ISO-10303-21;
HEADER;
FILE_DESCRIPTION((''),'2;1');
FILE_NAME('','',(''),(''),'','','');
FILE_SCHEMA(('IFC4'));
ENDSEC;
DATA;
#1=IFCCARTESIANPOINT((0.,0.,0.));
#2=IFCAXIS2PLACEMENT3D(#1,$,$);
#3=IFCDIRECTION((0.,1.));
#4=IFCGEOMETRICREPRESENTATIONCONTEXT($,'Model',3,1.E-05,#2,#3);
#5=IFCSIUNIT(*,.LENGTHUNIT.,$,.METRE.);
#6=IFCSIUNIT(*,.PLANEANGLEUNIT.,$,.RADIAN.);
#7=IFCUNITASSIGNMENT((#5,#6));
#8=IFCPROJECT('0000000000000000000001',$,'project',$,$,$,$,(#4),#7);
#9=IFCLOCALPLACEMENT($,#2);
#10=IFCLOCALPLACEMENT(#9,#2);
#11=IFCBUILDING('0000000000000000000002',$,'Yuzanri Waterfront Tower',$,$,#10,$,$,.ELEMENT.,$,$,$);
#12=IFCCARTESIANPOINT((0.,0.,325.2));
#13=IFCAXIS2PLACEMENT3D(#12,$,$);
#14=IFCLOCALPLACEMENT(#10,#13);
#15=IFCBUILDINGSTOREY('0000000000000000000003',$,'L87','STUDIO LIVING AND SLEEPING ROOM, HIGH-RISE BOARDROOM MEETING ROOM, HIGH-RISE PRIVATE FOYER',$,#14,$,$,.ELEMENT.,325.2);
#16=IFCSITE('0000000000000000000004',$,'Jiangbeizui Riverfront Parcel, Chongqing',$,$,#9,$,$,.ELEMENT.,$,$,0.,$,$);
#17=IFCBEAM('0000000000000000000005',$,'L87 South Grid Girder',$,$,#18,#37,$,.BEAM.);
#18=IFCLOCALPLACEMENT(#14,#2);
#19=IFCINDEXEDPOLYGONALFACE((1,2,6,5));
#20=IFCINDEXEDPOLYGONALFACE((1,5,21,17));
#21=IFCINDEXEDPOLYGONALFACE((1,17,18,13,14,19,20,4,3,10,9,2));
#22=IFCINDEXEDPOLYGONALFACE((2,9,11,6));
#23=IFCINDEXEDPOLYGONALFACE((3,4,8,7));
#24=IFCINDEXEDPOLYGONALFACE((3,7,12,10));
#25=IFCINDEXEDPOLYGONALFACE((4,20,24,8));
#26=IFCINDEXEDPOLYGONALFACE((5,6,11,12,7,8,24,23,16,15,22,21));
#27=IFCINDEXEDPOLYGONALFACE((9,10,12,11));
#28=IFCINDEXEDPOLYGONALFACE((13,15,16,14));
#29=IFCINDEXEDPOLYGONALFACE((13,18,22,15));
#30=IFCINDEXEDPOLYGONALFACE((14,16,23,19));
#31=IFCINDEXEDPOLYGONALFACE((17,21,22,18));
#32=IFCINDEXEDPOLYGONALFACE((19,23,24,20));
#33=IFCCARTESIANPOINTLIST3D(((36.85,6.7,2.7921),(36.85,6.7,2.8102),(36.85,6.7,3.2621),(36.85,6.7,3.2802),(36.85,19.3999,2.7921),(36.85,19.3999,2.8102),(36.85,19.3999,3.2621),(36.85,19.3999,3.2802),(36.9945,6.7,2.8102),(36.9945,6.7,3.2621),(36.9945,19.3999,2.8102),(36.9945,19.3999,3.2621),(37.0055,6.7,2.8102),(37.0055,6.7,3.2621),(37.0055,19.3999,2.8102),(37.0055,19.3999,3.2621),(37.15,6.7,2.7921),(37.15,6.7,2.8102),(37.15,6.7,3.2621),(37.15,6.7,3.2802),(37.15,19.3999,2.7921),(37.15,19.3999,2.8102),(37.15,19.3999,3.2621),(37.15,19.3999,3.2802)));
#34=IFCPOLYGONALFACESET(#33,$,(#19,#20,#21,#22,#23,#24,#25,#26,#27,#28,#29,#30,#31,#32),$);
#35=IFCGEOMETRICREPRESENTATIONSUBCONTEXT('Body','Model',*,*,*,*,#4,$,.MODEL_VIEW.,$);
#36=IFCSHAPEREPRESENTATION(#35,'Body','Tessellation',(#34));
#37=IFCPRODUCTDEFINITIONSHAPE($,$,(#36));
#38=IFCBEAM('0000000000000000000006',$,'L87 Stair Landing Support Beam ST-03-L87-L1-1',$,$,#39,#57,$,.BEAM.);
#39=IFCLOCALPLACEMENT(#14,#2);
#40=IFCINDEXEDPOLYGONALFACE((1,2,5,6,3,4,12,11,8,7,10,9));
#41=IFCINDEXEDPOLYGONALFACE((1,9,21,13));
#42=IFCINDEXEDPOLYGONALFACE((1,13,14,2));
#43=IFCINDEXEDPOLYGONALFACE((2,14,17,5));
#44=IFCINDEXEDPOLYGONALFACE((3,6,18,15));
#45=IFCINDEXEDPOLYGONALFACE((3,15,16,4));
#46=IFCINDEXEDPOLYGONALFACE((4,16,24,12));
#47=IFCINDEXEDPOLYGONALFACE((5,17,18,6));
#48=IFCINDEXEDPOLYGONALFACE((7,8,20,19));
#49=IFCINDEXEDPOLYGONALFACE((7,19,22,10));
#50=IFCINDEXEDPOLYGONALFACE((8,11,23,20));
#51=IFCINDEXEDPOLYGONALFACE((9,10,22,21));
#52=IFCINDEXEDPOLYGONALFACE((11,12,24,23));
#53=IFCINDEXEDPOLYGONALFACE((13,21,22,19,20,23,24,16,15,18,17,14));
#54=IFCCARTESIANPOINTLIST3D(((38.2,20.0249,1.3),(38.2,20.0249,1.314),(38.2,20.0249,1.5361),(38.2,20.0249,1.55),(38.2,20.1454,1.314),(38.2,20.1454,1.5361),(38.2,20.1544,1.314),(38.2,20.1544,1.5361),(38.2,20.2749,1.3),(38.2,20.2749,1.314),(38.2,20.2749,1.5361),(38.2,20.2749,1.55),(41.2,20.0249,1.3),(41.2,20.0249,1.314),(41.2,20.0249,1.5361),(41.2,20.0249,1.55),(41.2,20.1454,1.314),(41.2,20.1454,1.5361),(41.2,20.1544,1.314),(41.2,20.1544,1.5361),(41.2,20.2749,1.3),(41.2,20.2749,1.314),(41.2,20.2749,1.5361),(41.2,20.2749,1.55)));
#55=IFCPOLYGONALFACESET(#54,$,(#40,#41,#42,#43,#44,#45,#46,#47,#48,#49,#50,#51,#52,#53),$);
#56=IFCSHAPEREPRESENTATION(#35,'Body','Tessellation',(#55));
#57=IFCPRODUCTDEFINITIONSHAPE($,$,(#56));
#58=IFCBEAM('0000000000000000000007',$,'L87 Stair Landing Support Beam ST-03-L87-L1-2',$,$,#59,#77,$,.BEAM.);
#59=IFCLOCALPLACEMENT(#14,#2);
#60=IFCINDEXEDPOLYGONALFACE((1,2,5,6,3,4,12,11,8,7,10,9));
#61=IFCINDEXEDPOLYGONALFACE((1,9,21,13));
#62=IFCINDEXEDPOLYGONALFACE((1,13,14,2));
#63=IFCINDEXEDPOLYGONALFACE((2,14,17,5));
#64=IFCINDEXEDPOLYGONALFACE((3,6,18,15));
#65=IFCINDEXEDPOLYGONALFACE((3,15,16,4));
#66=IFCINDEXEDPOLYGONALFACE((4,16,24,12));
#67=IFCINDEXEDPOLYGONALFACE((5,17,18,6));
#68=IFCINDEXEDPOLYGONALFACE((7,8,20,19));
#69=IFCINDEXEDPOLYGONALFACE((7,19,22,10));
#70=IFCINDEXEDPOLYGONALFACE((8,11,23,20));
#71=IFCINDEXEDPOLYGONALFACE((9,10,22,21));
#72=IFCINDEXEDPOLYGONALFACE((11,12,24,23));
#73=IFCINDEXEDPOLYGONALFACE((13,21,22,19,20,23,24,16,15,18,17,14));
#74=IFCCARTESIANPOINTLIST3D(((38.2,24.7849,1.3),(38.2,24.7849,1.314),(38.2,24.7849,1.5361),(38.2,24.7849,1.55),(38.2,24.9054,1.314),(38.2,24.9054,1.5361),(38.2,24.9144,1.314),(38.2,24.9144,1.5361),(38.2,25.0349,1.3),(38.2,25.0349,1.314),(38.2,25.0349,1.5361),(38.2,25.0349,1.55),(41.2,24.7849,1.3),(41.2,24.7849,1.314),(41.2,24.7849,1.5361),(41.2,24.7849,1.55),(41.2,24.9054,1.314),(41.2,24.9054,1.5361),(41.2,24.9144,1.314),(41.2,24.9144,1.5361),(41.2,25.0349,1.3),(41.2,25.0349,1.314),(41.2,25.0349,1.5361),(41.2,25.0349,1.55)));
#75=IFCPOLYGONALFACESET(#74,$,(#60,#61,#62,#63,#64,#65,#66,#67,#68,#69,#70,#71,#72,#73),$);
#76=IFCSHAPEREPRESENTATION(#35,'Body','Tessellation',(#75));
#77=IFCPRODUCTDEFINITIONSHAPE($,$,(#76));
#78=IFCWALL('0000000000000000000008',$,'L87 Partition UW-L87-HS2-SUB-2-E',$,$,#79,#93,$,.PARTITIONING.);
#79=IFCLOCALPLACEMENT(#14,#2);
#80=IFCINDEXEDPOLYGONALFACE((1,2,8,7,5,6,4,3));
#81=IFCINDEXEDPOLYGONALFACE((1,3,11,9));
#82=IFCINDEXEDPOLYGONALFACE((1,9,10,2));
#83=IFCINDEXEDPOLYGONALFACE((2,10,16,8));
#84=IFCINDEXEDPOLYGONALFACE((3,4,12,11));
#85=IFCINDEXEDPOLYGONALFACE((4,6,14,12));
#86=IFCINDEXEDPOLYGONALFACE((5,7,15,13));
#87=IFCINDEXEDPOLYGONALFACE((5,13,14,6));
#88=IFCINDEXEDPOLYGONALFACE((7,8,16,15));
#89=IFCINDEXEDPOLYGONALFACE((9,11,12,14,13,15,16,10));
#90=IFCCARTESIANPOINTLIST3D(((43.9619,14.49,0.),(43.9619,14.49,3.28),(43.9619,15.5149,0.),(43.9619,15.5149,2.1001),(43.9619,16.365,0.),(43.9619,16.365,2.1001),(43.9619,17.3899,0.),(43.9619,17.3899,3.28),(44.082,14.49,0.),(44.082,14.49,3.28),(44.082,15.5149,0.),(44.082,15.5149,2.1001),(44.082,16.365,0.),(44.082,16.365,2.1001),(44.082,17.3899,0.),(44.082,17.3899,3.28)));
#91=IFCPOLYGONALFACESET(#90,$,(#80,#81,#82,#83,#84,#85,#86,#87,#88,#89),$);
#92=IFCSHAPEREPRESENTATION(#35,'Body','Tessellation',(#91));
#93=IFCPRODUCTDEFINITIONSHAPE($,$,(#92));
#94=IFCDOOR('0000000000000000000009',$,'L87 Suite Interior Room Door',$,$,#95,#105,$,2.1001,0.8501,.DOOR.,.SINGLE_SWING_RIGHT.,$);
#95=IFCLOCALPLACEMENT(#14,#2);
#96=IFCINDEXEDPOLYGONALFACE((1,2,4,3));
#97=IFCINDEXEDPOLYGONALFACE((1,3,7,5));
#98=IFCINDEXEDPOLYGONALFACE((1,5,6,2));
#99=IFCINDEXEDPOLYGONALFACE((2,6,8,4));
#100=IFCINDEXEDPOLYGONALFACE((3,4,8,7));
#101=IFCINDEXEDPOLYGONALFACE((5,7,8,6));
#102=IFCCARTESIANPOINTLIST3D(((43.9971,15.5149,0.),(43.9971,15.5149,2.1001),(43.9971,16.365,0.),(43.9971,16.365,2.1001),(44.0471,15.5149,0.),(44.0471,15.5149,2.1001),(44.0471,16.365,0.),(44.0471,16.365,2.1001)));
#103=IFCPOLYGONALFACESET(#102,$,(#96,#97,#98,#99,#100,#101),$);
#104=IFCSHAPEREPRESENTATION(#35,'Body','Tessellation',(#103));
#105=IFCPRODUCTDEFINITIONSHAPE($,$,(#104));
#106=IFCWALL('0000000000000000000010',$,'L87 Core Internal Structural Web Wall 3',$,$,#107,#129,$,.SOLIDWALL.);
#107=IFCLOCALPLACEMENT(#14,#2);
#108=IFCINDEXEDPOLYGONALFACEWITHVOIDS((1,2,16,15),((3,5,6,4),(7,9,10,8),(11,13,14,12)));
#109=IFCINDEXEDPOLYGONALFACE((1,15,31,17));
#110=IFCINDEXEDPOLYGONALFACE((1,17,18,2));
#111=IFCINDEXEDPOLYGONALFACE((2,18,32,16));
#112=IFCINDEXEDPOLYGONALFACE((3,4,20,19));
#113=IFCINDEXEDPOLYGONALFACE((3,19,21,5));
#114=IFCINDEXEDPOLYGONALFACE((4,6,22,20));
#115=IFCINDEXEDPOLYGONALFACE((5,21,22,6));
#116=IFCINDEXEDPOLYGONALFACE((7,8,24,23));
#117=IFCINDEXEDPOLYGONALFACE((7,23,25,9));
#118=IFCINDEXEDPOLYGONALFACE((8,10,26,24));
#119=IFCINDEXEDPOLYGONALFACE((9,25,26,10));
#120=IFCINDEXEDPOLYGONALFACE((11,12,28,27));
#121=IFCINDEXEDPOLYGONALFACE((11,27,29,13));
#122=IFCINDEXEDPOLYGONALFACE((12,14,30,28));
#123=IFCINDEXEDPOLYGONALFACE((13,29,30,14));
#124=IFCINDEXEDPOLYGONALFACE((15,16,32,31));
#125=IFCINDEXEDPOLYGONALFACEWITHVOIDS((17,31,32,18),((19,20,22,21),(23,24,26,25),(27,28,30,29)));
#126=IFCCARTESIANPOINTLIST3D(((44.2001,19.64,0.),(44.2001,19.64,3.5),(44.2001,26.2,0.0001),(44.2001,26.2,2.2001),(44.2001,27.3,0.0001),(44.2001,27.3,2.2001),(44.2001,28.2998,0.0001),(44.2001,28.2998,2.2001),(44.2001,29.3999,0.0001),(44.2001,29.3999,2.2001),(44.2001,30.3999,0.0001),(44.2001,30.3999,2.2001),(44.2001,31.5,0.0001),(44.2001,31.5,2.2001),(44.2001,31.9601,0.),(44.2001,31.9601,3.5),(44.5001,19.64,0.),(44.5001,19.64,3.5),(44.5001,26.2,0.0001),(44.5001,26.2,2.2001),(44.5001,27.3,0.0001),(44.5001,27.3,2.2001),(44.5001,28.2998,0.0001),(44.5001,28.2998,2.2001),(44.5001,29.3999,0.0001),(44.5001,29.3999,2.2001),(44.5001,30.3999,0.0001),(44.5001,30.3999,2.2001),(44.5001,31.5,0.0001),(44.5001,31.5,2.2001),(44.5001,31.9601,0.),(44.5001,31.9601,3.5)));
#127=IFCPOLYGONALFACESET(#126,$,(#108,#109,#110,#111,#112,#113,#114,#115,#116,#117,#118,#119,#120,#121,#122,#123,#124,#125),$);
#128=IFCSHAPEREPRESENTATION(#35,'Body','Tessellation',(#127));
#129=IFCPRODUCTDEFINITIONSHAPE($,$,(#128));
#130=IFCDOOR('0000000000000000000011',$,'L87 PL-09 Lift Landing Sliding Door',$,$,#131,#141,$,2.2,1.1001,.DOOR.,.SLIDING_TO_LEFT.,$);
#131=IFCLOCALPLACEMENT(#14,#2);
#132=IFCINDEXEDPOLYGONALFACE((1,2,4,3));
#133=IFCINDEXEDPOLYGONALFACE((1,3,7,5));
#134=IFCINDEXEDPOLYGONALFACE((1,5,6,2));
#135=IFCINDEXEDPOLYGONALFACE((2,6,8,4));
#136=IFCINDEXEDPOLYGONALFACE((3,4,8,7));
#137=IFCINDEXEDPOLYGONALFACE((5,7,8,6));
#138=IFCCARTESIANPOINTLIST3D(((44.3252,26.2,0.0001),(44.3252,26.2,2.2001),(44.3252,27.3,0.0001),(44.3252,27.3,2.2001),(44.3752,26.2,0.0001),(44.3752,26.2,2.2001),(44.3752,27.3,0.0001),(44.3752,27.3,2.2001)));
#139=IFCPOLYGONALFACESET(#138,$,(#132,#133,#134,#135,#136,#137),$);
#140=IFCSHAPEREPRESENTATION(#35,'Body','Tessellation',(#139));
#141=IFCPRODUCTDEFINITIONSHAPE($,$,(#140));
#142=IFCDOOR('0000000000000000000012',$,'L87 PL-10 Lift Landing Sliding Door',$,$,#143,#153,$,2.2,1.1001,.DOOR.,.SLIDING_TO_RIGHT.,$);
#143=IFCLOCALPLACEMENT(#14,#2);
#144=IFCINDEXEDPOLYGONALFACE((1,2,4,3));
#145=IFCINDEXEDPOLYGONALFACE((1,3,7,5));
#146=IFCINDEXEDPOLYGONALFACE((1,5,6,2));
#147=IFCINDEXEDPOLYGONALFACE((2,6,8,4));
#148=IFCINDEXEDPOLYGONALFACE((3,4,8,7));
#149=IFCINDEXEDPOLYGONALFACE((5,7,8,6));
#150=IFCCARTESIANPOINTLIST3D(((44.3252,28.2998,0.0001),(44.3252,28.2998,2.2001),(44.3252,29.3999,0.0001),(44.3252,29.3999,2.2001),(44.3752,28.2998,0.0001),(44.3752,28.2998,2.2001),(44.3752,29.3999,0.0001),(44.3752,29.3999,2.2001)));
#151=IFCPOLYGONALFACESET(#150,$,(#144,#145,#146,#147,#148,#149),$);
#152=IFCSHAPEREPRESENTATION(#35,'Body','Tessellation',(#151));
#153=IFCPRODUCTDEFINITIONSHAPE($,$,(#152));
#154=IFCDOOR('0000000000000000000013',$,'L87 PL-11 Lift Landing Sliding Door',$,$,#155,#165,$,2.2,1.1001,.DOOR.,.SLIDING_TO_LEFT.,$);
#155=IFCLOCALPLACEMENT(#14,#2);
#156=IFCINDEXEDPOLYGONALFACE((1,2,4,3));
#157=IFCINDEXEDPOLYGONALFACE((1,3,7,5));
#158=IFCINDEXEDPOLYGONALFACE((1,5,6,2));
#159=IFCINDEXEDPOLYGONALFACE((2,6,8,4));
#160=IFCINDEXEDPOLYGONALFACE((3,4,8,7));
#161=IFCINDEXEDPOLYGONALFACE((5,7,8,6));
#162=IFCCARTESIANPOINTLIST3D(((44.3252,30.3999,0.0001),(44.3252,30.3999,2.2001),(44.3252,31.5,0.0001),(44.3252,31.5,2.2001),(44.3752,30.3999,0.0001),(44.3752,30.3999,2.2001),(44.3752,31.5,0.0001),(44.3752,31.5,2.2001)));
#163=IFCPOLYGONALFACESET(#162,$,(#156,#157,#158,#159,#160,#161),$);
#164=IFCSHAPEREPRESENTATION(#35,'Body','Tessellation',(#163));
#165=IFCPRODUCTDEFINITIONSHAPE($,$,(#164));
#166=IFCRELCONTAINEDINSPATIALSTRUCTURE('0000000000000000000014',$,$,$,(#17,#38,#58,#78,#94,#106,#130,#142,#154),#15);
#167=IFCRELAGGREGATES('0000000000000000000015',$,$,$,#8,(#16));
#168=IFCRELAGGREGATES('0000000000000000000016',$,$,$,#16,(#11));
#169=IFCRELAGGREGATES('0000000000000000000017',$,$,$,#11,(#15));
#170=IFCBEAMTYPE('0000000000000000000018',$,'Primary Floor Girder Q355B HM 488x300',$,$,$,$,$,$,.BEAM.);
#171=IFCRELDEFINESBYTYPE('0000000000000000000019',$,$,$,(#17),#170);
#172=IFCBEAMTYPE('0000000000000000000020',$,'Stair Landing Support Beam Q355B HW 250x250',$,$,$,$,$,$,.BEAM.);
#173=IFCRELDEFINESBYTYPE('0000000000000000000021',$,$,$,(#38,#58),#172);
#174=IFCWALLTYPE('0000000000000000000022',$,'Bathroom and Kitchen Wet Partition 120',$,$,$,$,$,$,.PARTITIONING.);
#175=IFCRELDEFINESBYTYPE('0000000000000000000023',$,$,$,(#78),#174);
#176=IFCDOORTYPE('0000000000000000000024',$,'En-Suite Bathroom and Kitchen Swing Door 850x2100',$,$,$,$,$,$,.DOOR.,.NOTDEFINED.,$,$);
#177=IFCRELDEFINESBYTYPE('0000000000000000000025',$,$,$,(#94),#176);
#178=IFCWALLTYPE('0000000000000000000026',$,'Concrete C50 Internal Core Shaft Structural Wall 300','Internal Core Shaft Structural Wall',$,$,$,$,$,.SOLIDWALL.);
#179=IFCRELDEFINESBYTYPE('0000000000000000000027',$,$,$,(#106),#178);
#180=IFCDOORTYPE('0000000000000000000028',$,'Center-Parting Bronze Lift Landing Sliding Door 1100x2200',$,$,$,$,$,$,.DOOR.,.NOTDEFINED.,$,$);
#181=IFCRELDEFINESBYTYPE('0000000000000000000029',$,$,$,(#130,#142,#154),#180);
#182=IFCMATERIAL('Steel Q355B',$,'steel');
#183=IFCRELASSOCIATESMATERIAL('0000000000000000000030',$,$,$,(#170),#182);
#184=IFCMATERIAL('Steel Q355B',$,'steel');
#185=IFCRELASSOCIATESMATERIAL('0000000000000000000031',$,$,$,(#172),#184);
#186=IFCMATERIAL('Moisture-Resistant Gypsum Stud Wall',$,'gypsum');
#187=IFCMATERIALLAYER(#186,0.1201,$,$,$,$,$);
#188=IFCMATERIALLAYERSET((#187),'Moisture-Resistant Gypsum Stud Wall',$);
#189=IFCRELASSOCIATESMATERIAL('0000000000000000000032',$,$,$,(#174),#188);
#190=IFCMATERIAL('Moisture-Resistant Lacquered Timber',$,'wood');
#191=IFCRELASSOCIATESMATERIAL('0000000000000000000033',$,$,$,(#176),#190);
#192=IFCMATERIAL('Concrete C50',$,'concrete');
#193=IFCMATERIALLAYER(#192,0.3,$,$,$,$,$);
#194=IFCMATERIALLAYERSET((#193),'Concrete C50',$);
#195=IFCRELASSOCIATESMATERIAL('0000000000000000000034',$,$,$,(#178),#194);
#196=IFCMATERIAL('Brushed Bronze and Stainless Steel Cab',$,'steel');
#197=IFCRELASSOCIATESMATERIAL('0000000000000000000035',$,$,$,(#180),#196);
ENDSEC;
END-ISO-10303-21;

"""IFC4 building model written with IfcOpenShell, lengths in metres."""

from ifc_helpers import new_model, si_unit, direction, frame, frame_2d, origin, origin_2d, place, context, subcontext, project, spatial, rectangle, i_section, extrude, source, transform, mapped, material, layer, layer_set, material_profile, profile_set, type_object, element, fill, save


model = new_model("IFC4")

# Units and contexts
model_context = context("Model", 3, precision=1e-05, world=origin(), true_north=direction((0.0, 1.0)))
body_context = subcontext(model_context, "Body", "Model", "MODEL_VIEW")
ifc_project = project(units=[si_unit("LENGTHUNIT", "METRE"), si_unit("PLANEANGLEUNIT", "RADIAN")], contexts=[model_context])

# Site, building, storey
site_placement = place(None, origin())
site = spatial("IfcSite", under=ifc_project, at=site_placement, Name="Jiangbeizui Riverfront Parcel, Chongqing", CompositionType="ELEMENT", RefElevation=0.0)
building_placement = place(site_placement, origin())
building = spatial("IfcBuilding", under=site, at=building_placement, Name="Yuzanri Waterfront Tower", CompositionType="ELEMENT")
storey_placement = place(building_placement, frame((0.0, 0.0, 325.2)))
storey = spatial("IfcBuildingStorey", under=building, at=storey_placement, Name="L87", Description="STUDIO LIVING AND SLEEPING ROOM, HIGH-RISE BOARDROOM MEETING ROOM, HIGH-RISE PRIVATE FOYER", CompositionType="ELEMENT", Elevation=325.2)

# Beams
ifc_material_1 = material(Name="Steel Q355B", Category="steel")
ifc_material_profile_1 = material_profile(ifc_material_1, i_section(OverallWidth=0.3, OverallDepth=0.488, WebThickness=0.011, FlangeThickness=0.0181, at=origin_2d()), Name="HM 488x300x11x18")
ifc_profile_set_1 = profile_set([ifc_material_profile_1], Name="Steel Q355B")
beam_type_1 = type_object("IfcBeamType", Name="Primary Floor Girder Q355B HM 488x300", PredefinedType="BEAM", material=ifc_profile_set_1)
shared_shape_1 = source(origin(), body_context, "Body", "SweptSolid", [
    extrude(i_section(OverallWidth=0.3, OverallDepth=0.488, WebThickness=0.011, FlangeThickness=0.0181, at=origin_2d()), origin(), (0.0, 0.0, 1.0), 12.7),
])
beam_placement = place(storey_placement, frame((37.0, 19.3999, 3.0361), z_axis=(0.0, -1.0, 0.0), x_axis=(1.0, 0.0, 0.0)))
element("IfcBeam", 1, at=beam_placement, inside=storey, type_object=beam_type_1, Name="L87 South Grid Girder", PredefinedType="BEAM", context=body_context, shape_type="MappedRepresentation", body=[
    mapped(shared_shape_1, transform((0.0, 0.0, 0.0), scale=1.0)),
])
ifc_material_2 = material(Name="Steel Q355B", Category="steel")
ifc_material_profile_2 = material_profile(ifc_material_2, i_section(OverallWidth=0.25, OverallDepth=0.25, WebThickness=0.009, FlangeThickness=0.0139, at=origin_2d()), Name="HW 250x250x9x14")
ifc_profile_set_2 = profile_set([ifc_material_profile_2], Name="Steel Q355B")
beam_type_2 = type_object("IfcBeamType", Name="Stair Landing Support Beam Q355B HW 250x250", PredefinedType="BEAM", material=ifc_profile_set_2)
shared_shape_2 = source(origin(), body_context, "Body", "SweptSolid", [
    extrude(i_section(OverallWidth=0.25, OverallDepth=0.25, WebThickness=0.009, FlangeThickness=0.0139, at=origin_2d()), origin(), (0.0, 0.0, 1.0), 3.0),
])
for number, where, z_axis, x_axis, name in (
    (2, (38.2, 20.1499, 1.425), (1.0, 0.0, 0.0), (0.0, 1.0, 0.0), "L87 Stair Landing Support Beam ST-03-L87-L1-1"),
    (3, (38.2, 24.9099, 1.425), (1.0, 0.0, 0.0), (0.0, 1.0, 0.0), "L87 Stair Landing Support Beam ST-03-L87-L1-2"),
):
    element("IfcBeam", number, at=place(storey_placement, frame(where, z_axis=z_axis, x_axis=x_axis)), inside=storey, type_object=beam_type_2, Name=name, PredefinedType="BEAM", context=body_context, shape_type="MappedRepresentation", body=[
        mapped(shared_shape_2, transform((0.0, 0.0, 0.0), scale=1.0)),
    ])

# Wall, opening, door
ifc_material_3 = material(Name="Moisture-Resistant Gypsum Stud Wall", Category="gypsum")
ifc_layer_1 = layer(ifc_material_3, 0.1201)
ifc_layer_set_1 = layer_set([ifc_layer_1], Name="Moisture-Resistant Gypsum Stud Wall")
wall_type_1 = type_object("IfcWallType", Name="Bathroom and Kitchen Wet Partition 120", PredefinedType="PARTITIONING", material=ifc_layer_set_1)
wall_1_placement = place(storey_placement, frame((44.022, 14.49, 0.0), z_axis=(0.0, 0.0, 1.0), x_axis=(0.0, 1.0, 0.0)))
wall_1 = element("IfcWall", 4, at=wall_1_placement, inside=storey, type_object=wall_type_1, Name="L87 Partition UW-L87-HS2-SUB-2-E", PredefinedType="PARTITIONING", context=body_context, shape_type="SweptSolid", body=[
    extrude(rectangle(XDim=2.8999, YDim=0.1201, at=frame_2d((1.45, 0.0))), origin(), (0.0, 0.0, 1.0), 3.28),
])
opening_1_placement = place(wall_1_placement, frame((1.0249, 0.0, 0.0)))
opening_1 = element("IfcOpeningElement", 5, at=opening_1_placement, cuts=wall_1, PredefinedType="OPENING", context=body_context, shape_type="SweptSolid", body=[
    extrude(rectangle(XDim=0.8501, YDim=2.1001, at=frame_2d((0.425, 1.05))), frame((0.0, 0.075, 0.0), z_axis=(0.0, -1.0, 0.0), x_axis=(1.0, 0.0, 0.0)), (0.0, 0.0, 1.0), 0.1499),
])
ifc_material_4 = material(Name="Moisture-Resistant Lacquered Timber", Category="wood")
door_type_1 = type_object("IfcDoorType", Name="En-Suite Bathroom and Kitchen Swing Door 850x2100", OperationType="NOTDEFINED", PredefinedType="DOOR", material=ifc_material_4)
shared_shape_3 = source(origin(), body_context, "Body", "SweptSolid", [
    extrude(rectangle(XDim=0.8501, YDim=2.1001, at=frame_2d((0.425, 1.05))), frame((0.0, 0.0249, 0.0), z_axis=(0.0, -1.0, 0.0), x_axis=(1.0, 0.0, 0.0)), (0.0, 0.0, 1.0), 0.05),
])
door_1_placement = place(opening_1_placement, origin())
door_1 = element("IfcDoor", 6, at=door_1_placement, inside=storey, type_object=door_type_1, Name="L87 Suite Interior Room Door", OperationType="SINGLE_SWING_RIGHT", OverallHeight=2.1001, OverallWidth=0.8501, PredefinedType="DOOR", context=body_context, shape_type="MappedRepresentation", body=[
    mapped(shared_shape_3, transform((0.0, 0.0, 0.0), scale=1.0)),
])
fill(opening_1, door_1)

# Wall, openings, doors
ifc_material_5 = material(Name="Concrete C50", Category="concrete")
ifc_layer_2 = layer(ifc_material_5, 0.3)
ifc_layer_set_2 = layer_set([ifc_layer_2], Name="Concrete C50")
wall_type_2 = type_object("IfcWallType", Name="Concrete C50 Internal Core Shaft Structural Wall 300", Description="Internal Core Shaft Structural Wall", PredefinedType="SOLIDWALL", material=ifc_layer_set_2)
wall_2_placement = place(storey_placement, frame((44.3501, 19.6399, 0.0), z_axis=(0.0, 0.0, 1.0), x_axis=(0.0, 1.0, 0.0)))
wall_2 = element("IfcWall", 7, at=wall_2_placement, inside=storey, type_object=wall_type_2, Name="L87 Core Internal Structural Web Wall 3", PredefinedType="SOLIDWALL", context=body_context, shape_type="SweptSolid", body=[
    extrude(rectangle(XDim=12.3201, YDim=0.3, at=frame_2d((6.1602, 0.0))), origin(), (0.0, 0.0, 1.0), 3.5),
])
opening_2_placement = place(wall_2_placement, frame((6.5601, 0.0, 0.0)))
opening_2 = element("IfcOpeningElement", 8, at=opening_2_placement, cuts=wall_2, PredefinedType="OPENING", context=body_context, shape_type="SweptSolid", body=[
    extrude(rectangle(XDim=1.1001, YDim=2.2, at=frame_2d((0.55, 1.1001))), frame((0.0, 0.165, 0.0), z_axis=(0.0, -1.0, 0.0), x_axis=(1.0, 0.0, 0.0)), (0.0, 0.0, 1.0), 0.3298),
])
opening_3_placement = place(wall_2_placement, frame((8.6599, 0.0, 0.0)))
opening_3 = element("IfcOpeningElement", 9, at=opening_3_placement, cuts=wall_2, PredefinedType="OPENING", context=body_context, shape_type="SweptSolid", body=[
    extrude(rectangle(XDim=1.1001, YDim=2.2, at=frame_2d((0.55, 1.1001))), frame((0.0, 0.165, 0.0), z_axis=(0.0, -1.0, 0.0), x_axis=(1.0, 0.0, 0.0)), (0.0, 0.0, 1.0), 0.3298),
])
opening_4_placement = place(wall_2_placement, frame((10.76, 0.0, 0.0)))
opening_4 = element("IfcOpeningElement", 10, at=opening_4_placement, cuts=wall_2, PredefinedType="OPENING", context=body_context, shape_type="SweptSolid", body=[
    extrude(rectangle(XDim=1.1001, YDim=2.2, at=frame_2d((0.55, 1.1001))), frame((0.0, 0.165, 0.0), z_axis=(0.0, -1.0, 0.0), x_axis=(1.0, 0.0, 0.0)), (0.0, 0.0, 1.0), 0.3298),
])
ifc_material_6 = material(Name="Brushed Bronze and Stainless Steel Cab", Category="steel")
door_type_2 = type_object("IfcDoorType", Name="Center-Parting Bronze Lift Landing Sliding Door 1100x2200", OperationType="NOTDEFINED", PredefinedType="DOOR", material=ifc_material_6)
shared_shape_4 = source(origin(), body_context, "Body", "SweptSolid", [
    extrude(rectangle(XDim=1.1001, YDim=2.2, at=frame_2d((0.55, 1.1001))), frame((0.0, 0.0249, 0.0), z_axis=(0.0, -1.0, 0.0), x_axis=(1.0, 0.0, 0.0)), (0.0, 0.0, 1.0), 0.05),
])
door_2_placement = place(opening_2_placement, origin())
door_2 = element("IfcDoor", 11, at=door_2_placement, inside=storey, type_object=door_type_2, Name="L87 PL-09 Lift Landing Sliding Door", OperationType="SLIDING_TO_LEFT", OverallHeight=2.2, OverallWidth=1.1001, PredefinedType="DOOR", context=body_context, shape_type="MappedRepresentation", body=[
    mapped(shared_shape_4, transform((0.0, 0.0, 0.0), scale=1.0)),
])
fill(opening_2, door_2)
door_3_placement = place(opening_3_placement, origin())
door_3 = element("IfcDoor", 12, at=door_3_placement, inside=storey, type_object=door_type_2, Name="L87 PL-10 Lift Landing Sliding Door", OperationType="SLIDING_TO_RIGHT", OverallHeight=2.2, OverallWidth=1.1001, PredefinedType="DOOR", context=body_context, shape_type="MappedRepresentation", body=[
    mapped(shared_shape_4, transform((0.0, 0.0, 0.0), scale=1.0)),
])
fill(opening_3, door_3)
door_4_placement = place(opening_4_placement, origin())
door_4 = element("IfcDoor", 13, at=door_4_placement, inside=storey, type_object=door_type_2, Name="L87 PL-11 Lift Landing Sliding Door", OperationType="SLIDING_TO_LEFT", OverallHeight=2.2, OverallWidth=1.1001, PredefinedType="DOOR", context=body_context, shape_type="MappedRepresentation", body=[
    mapped(shared_shape_4, transform((0.0, 0.0, 0.0), scale=1.0)),
])
fill(opening_4, door_4)

save(model, "model.ifc")
